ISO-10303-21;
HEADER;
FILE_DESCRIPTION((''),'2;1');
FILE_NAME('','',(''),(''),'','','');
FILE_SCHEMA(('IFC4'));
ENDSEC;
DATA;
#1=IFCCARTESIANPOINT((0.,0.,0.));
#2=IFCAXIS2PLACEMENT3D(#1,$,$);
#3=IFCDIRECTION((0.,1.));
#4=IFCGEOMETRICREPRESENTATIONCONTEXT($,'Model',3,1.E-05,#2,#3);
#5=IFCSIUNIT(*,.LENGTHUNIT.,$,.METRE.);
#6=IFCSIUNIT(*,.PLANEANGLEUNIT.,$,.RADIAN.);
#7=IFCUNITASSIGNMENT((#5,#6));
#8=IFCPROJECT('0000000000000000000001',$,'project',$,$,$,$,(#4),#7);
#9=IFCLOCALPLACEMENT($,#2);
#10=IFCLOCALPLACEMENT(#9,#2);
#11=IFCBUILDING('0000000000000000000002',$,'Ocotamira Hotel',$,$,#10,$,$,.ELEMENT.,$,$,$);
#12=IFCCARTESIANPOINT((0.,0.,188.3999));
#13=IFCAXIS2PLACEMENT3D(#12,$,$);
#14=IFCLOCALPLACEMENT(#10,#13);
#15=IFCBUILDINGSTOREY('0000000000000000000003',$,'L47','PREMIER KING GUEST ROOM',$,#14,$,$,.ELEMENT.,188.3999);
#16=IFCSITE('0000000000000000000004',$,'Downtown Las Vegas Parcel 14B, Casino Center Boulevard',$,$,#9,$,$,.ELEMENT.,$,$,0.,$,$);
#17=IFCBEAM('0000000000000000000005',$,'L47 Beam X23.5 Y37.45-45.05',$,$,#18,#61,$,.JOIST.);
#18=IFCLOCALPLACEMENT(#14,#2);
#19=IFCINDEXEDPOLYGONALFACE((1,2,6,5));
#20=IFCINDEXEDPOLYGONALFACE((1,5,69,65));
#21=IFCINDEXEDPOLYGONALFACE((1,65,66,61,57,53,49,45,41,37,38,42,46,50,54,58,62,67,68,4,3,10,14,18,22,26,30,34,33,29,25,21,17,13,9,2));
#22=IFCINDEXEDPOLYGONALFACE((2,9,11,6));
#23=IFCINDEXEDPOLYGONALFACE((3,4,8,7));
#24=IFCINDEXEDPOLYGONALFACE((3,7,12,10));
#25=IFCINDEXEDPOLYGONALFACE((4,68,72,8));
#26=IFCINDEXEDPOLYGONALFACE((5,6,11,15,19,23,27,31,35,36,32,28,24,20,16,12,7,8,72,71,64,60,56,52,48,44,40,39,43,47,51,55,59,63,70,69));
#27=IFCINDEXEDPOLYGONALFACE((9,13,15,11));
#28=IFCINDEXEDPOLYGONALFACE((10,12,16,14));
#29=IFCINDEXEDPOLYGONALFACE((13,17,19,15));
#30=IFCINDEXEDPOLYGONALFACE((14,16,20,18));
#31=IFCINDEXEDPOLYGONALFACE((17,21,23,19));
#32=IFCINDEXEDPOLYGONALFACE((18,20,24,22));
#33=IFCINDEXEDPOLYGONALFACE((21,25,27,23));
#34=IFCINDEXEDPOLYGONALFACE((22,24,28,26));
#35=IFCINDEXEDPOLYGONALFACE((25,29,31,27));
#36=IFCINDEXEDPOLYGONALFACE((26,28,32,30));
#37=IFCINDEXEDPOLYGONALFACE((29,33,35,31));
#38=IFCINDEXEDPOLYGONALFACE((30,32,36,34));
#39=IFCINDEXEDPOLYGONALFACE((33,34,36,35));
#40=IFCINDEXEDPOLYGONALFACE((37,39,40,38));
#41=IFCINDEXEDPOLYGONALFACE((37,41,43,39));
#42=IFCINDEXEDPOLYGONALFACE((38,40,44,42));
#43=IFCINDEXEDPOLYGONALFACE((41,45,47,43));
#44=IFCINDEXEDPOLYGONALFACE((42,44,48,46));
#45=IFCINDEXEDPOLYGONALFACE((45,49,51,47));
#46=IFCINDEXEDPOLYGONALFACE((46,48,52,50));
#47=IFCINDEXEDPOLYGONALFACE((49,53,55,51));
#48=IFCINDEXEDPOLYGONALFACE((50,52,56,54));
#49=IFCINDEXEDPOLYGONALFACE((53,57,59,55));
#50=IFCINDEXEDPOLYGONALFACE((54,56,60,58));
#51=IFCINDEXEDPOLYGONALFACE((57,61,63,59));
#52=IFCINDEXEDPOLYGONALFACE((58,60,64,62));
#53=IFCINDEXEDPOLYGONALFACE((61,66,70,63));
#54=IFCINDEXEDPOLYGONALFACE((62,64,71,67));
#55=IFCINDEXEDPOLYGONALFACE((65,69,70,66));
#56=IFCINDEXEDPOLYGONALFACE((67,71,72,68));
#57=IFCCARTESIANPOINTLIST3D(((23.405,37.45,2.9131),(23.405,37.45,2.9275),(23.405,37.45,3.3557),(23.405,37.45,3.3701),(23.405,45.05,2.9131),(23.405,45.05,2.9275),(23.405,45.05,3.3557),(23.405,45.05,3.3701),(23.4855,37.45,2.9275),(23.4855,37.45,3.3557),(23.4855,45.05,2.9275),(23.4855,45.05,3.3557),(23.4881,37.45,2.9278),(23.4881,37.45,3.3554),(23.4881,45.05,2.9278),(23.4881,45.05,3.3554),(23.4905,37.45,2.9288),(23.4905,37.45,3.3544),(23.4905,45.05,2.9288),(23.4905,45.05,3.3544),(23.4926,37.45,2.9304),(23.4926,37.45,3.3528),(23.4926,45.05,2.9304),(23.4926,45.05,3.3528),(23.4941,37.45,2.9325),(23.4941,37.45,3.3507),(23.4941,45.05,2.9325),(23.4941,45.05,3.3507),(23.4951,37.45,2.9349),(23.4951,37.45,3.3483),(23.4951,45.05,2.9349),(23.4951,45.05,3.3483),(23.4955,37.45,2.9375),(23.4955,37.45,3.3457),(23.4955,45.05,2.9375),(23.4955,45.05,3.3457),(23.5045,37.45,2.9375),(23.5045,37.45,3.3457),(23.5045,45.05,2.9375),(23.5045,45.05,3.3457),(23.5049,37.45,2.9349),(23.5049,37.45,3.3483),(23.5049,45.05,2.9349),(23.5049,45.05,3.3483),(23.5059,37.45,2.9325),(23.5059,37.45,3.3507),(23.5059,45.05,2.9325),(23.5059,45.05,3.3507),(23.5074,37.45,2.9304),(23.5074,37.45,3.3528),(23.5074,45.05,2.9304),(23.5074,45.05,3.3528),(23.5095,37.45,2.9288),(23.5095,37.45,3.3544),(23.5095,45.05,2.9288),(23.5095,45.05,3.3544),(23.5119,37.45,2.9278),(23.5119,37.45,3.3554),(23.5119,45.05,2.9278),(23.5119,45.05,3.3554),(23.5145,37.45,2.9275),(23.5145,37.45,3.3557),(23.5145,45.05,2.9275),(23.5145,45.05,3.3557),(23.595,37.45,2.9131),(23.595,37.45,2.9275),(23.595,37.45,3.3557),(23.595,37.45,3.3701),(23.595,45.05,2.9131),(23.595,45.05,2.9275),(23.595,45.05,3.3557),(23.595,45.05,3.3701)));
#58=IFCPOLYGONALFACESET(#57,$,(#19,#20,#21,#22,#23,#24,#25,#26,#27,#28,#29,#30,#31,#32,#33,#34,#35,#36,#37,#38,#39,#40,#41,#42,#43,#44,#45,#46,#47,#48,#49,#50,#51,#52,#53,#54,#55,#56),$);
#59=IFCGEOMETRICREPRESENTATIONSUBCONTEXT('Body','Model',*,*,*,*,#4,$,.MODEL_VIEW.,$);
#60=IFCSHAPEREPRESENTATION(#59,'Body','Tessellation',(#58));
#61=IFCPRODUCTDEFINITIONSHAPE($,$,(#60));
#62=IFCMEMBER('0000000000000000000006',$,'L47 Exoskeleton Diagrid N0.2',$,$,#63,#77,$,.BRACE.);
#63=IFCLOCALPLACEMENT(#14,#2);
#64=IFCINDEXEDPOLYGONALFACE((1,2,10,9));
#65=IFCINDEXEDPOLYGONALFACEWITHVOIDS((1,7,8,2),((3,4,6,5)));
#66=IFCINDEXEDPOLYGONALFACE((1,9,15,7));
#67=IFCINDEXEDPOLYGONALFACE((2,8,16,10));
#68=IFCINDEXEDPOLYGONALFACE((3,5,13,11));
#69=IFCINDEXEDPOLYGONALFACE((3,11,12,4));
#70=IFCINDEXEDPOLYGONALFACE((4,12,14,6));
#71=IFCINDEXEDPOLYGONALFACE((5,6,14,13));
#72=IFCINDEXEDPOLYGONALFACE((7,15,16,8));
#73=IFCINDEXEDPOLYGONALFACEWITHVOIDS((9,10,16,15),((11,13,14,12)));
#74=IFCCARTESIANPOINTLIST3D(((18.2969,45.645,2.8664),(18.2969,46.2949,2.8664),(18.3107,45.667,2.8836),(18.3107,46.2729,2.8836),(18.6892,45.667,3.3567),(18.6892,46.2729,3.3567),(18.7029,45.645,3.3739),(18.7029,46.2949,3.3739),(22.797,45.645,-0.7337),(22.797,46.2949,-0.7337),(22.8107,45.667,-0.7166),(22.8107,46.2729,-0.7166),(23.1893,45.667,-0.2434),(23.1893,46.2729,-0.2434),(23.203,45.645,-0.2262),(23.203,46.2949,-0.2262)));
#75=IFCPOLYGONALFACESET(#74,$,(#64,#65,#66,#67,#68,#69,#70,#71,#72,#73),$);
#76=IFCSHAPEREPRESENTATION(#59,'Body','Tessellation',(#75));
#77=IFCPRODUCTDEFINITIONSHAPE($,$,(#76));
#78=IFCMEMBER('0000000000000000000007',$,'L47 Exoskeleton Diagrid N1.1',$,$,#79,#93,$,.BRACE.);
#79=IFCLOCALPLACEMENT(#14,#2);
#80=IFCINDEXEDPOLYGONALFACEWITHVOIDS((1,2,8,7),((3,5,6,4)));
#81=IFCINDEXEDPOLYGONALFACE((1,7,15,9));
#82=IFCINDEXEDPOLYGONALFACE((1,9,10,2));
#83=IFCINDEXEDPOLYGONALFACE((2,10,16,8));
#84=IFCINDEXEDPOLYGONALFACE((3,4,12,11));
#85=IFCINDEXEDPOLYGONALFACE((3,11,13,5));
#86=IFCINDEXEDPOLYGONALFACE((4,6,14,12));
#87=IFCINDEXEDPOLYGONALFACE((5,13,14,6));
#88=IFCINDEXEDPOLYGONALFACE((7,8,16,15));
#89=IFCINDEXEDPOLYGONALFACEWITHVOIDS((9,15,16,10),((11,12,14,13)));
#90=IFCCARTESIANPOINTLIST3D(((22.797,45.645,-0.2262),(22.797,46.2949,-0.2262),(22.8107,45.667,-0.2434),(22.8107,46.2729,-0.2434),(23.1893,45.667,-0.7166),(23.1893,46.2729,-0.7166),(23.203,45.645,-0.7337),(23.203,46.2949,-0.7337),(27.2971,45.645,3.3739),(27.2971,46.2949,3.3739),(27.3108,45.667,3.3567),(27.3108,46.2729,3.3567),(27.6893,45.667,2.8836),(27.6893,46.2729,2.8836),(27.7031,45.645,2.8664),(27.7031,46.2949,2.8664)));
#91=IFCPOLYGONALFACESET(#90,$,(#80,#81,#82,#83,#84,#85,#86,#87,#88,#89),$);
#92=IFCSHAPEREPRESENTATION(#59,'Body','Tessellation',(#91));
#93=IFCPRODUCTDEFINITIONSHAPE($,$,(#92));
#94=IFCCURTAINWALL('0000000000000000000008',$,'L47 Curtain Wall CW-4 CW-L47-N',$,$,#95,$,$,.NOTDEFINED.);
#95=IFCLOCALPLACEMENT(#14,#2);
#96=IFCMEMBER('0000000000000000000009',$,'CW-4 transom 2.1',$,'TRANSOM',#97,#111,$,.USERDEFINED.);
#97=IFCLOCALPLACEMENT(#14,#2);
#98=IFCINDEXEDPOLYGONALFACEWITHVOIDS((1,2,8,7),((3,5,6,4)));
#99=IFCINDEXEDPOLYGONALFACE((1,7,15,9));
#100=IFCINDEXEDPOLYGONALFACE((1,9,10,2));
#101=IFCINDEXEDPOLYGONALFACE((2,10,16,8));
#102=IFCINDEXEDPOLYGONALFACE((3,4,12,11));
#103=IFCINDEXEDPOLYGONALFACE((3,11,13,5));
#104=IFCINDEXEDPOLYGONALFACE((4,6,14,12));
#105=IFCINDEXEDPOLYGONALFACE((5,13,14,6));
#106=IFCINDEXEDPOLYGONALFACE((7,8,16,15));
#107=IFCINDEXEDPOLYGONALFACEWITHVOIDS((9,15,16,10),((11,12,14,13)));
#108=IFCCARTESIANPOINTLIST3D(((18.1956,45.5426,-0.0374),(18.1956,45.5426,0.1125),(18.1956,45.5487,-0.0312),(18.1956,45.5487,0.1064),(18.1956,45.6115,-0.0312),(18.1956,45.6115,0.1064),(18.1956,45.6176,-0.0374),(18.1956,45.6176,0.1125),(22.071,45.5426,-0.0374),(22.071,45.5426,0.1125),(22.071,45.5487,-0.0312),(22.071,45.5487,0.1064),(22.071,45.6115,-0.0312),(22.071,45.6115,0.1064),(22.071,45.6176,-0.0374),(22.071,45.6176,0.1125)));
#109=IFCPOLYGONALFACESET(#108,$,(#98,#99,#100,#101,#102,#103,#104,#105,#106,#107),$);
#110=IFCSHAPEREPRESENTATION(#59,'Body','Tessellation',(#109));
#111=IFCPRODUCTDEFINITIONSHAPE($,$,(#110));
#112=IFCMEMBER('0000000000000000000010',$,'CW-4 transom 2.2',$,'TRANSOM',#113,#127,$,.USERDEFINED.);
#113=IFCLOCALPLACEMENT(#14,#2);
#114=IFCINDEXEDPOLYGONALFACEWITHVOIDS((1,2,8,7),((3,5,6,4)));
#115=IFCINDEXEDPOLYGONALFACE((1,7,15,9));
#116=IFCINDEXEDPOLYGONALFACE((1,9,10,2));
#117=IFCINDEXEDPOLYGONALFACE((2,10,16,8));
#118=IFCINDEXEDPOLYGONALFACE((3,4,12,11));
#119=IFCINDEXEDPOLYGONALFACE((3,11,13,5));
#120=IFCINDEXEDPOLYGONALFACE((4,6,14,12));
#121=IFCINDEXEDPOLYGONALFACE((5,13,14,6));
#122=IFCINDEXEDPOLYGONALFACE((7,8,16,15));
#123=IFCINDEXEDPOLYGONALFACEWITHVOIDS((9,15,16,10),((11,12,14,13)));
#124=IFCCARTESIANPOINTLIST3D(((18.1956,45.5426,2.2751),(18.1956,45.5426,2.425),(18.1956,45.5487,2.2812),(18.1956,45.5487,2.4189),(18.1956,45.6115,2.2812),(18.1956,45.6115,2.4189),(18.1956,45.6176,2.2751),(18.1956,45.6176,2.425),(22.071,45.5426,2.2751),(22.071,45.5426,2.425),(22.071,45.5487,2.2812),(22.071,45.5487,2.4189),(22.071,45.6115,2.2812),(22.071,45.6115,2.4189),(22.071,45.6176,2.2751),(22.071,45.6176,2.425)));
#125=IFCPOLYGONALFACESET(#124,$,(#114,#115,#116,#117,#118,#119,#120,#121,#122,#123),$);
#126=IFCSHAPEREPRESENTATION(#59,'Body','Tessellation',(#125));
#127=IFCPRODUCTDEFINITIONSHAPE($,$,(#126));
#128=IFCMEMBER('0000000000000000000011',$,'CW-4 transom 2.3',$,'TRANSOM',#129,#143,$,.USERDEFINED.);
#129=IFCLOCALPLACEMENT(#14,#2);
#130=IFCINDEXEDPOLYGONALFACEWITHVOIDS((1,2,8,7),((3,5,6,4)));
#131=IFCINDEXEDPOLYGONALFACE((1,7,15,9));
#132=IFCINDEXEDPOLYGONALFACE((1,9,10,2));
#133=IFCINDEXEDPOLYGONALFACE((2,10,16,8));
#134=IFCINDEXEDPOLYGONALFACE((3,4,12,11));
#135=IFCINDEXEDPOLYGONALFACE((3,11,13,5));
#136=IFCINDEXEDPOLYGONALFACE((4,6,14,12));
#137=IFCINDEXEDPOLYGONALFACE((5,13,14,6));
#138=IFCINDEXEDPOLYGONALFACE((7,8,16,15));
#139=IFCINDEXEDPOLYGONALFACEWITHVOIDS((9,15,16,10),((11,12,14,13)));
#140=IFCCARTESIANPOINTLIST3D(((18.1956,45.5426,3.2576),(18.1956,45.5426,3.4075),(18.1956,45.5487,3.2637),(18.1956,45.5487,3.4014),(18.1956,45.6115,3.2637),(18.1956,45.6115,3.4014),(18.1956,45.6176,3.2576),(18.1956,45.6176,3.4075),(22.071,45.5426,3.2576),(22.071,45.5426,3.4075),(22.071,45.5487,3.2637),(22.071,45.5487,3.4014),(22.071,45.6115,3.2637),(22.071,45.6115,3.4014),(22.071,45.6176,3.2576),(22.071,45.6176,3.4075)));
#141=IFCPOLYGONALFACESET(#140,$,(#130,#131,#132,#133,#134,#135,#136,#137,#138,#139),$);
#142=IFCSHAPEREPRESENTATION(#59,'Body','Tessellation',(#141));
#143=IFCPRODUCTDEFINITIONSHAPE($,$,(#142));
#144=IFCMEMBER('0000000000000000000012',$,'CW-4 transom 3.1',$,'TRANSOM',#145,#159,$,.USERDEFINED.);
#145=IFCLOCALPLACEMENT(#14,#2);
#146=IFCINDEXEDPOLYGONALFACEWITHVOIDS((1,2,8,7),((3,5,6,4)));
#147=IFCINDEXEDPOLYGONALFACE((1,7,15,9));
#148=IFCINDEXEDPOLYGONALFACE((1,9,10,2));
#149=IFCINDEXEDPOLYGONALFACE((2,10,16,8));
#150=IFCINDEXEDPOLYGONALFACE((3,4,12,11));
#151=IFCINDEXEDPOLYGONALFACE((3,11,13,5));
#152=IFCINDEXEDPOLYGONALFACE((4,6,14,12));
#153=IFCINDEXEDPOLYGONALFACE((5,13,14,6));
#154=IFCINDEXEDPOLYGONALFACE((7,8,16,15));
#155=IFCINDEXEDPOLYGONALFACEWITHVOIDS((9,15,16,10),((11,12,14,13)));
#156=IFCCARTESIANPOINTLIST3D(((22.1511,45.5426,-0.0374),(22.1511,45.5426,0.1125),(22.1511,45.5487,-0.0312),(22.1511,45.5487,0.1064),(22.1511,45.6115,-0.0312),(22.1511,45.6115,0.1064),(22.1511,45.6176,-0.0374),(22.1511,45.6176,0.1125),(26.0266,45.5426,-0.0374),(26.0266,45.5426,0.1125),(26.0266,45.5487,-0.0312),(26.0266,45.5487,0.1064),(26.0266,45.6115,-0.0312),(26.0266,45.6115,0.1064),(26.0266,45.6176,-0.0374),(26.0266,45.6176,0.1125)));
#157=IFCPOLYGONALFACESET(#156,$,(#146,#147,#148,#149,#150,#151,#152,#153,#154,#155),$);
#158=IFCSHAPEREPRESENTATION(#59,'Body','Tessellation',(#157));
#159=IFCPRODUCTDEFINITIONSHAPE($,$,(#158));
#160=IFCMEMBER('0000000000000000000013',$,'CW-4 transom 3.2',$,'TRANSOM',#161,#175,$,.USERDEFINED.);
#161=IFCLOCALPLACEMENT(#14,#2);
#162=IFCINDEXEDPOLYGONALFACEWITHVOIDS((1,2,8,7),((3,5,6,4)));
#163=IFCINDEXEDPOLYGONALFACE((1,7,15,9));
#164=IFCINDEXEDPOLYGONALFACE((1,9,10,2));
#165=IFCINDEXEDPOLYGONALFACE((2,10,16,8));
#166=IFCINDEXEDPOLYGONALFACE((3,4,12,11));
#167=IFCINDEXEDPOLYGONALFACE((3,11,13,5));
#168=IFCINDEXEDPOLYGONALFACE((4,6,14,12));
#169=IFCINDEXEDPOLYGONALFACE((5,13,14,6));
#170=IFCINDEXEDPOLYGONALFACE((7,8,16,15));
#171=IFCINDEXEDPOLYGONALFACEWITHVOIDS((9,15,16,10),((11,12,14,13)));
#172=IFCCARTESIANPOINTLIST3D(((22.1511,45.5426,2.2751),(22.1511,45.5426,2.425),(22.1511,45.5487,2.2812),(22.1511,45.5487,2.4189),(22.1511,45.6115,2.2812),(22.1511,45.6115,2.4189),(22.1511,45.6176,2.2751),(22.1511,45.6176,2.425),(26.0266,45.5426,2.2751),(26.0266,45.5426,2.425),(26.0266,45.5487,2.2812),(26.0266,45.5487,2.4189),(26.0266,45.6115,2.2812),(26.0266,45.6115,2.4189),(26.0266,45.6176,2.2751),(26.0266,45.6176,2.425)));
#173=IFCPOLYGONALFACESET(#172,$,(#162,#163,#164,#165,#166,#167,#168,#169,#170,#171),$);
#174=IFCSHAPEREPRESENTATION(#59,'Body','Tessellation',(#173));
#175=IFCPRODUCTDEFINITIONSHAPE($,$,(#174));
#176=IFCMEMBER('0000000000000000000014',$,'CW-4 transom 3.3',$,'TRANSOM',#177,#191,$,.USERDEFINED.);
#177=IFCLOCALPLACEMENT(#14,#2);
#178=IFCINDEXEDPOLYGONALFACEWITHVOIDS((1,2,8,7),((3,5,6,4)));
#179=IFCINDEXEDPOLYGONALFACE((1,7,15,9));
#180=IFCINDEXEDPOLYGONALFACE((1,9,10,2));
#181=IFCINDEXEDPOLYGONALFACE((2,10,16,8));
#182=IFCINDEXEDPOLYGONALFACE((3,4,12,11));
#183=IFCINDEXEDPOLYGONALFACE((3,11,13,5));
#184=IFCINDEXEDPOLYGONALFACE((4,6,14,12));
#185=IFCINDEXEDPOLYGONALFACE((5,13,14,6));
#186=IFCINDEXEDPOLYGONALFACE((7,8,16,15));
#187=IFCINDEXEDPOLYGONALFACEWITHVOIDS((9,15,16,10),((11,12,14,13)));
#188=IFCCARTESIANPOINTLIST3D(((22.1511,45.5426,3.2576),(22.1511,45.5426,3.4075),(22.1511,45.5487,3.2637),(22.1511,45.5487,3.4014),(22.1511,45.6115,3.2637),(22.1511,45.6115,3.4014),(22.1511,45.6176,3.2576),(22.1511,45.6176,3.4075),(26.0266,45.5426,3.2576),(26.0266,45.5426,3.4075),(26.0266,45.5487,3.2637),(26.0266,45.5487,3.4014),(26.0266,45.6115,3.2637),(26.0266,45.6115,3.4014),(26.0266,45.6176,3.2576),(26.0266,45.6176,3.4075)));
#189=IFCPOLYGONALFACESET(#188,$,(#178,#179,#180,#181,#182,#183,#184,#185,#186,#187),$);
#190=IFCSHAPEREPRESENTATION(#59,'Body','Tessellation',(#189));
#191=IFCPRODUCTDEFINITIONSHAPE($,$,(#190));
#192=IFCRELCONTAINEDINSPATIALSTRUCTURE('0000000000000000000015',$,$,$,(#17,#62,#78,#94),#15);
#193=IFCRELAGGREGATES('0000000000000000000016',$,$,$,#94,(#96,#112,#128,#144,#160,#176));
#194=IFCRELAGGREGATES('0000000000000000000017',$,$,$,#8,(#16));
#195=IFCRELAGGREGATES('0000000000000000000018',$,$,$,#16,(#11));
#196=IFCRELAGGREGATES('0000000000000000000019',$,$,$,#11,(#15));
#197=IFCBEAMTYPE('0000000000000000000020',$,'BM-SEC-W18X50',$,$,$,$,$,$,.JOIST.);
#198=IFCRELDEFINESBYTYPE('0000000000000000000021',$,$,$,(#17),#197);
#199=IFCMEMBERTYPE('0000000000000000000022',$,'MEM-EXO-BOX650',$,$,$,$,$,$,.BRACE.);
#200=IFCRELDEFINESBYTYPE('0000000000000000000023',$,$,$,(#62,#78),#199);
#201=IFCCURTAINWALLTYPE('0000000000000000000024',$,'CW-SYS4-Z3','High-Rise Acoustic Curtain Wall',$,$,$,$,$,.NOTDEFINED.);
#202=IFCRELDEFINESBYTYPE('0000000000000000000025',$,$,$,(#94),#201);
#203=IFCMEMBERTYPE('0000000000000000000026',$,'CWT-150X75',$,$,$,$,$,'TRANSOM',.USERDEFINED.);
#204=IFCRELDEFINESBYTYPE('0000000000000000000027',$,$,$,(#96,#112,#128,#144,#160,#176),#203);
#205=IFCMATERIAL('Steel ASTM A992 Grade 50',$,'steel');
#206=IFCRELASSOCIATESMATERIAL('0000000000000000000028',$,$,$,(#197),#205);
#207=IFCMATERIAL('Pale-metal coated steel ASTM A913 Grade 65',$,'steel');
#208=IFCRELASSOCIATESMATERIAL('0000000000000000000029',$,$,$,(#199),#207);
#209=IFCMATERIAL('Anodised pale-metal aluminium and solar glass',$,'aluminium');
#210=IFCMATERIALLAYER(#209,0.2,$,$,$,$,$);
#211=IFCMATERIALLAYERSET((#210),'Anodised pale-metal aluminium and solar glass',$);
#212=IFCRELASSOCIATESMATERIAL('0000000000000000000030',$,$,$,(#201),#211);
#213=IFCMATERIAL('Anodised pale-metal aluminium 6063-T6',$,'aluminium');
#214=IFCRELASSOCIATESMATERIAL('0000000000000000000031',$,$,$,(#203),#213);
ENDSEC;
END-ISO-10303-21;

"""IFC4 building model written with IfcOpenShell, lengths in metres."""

from ifc_helpers import new_model, si_unit, direction, frame, origin, origin_2d, place, context, subcontext, project, spatial, hollow_rectangle, i_section, extrude, source, transform, mapped, material, layer, layer_set, material_profile, profile_set, type_object, element, aggregate, save


model = new_model("IFC4")

# Units and contexts
model_context = context("Model", 3, precision=1e-05, world=origin(), true_north=direction((0.0, 1.0)))
body_context = subcontext(model_context, "Body", "Model", "MODEL_VIEW")
ifc_project = project(units=[si_unit("LENGTHUNIT", "METRE"), si_unit("PLANEANGLEUNIT", "RADIAN")], contexts=[model_context])

# Site, building, storey
site_placement = place(None, origin())
site = spatial("IfcSite", under=ifc_project, at=site_placement, Name="Downtown Las Vegas Parcel 14B, Casino Center Boulevard", CompositionType="ELEMENT", RefElevation=0.0)
building_placement = place(site_placement, origin())
building = spatial("IfcBuilding", under=site, at=building_placement, Name="Ocotamira Hotel", CompositionType="ELEMENT")
storey_placement = place(building_placement, frame((0.0, 0.0, 188.3999)))
storey = spatial("IfcBuildingStorey", under=building, at=storey_placement, Name="L47", Description="PREMIER KING GUEST ROOM", CompositionType="ELEMENT", Elevation=188.3999)

# Beam
ifc_material_1 = material(Name="Steel ASTM A992 Grade 50", Category="steel")
ifc_material_profile_1 = material_profile(ifc_material_1, i_section(OverallWidth=0.1899, OverallDepth=0.457, WebThickness=0.009, FlangeThickness=0.0144, FilletRadius=0.01, at=origin_2d()), Name="W18X50")
ifc_profile_set_1 = profile_set([ifc_material_profile_1], Name="Steel ASTM A992 Grade 50")
beam_type_1 = type_object("IfcBeamType", Name="BM-SEC-W18X50", PredefinedType="JOIST", material=ifc_profile_set_1)
shared_shape_1 = source(origin(), body_context, "Body", "SweptSolid", [
    extrude(i_section(OverallWidth=0.1899, OverallDepth=0.457, WebThickness=0.009, FlangeThickness=0.0144, FilletRadius=0.01, at=origin_2d()), origin(), (0.0, 0.0, 1.0), 7.6001),
])
beam_1_placement = place(storey_placement, frame((23.5, 37.45, 3.1416), z_axis=(0.0, 1.0, 0.0), x_axis=(-1.0, 0.0, 0.0)))
element("IfcBeam", 1, at=beam_1_placement, inside=storey, type_object=beam_type_1, Name="L47 Beam X23.5 Y37.45-45.05", PredefinedType="JOIST", context=body_context, shape_type="MappedRepresentation", body=[
    mapped(shared_shape_1, transform((0.0, 0.0, 0.0), scale=1.0)),
])

# Members
ifc_material_2 = material(Name="Pale-metal coated steel ASTM A913 Grade 65", Category="steel")
ifc_material_profile_2 = material_profile(ifc_material_2, hollow_rectangle(XDim=0.6499, YDim=0.6499, WallThickness=0.022, at=origin_2d()), Name="BOX650X650X22")
ifc_profile_set_2 = profile_set([ifc_material_profile_2], Name="Pale-metal coated steel ASTM A913 Grade 65")
member_type_1 = type_object("IfcMemberType", Name="MEM-EXO-BOX650", PredefinedType="BRACE", material=ifc_profile_set_2)
shared_shape_2 = source(origin(), body_context, "Body", "SweptSolid", [
    extrude(hollow_rectangle(XDim=0.6499, YDim=0.6499, WallThickness=0.022, at=origin_2d()), origin(), (0.0, 0.0, 1.0), 5.7629),
])
for number, where, z_axis, x_axis, name in (
    (2, (23.0, 45.97, -0.48), (-0.780861, 0.0, 0.624705), (0.0, -1.0, 0.0), "L47 Exoskeleton Diagrid N0.2"),
    (3, (23.0, 45.97, -0.48), (0.780861, 0.0, 0.624705), (0.0, 1.0, 0.0), "L47 Exoskeleton Diagrid N1.1"),
):
    element("IfcMember", number, at=place(storey_placement, frame(where, z_axis=z_axis, x_axis=x_axis)), inside=storey, type_object=member_type_1, Name=name, PredefinedType="BRACE", context=body_context, shape_type="MappedRepresentation", body=[
        mapped(shared_shape_2, transform((0.0, 0.0, 0.0), scale=1.0)),
    ])

# Curtain wall, members
ifc_material_3 = material(Name="Anodised pale-metal aluminium and solar glass", Category="aluminium")
ifc_layer_1 = layer(ifc_material_3, 0.2)
ifc_layer_set_1 = layer_set([ifc_layer_1], Name="Anodised pale-metal aluminium and solar glass")
curtain_wall_type = type_object("IfcCurtainWallType", Name="CW-SYS4-Z3", Description="High-Rise Acoustic Curtain Wall", PredefinedType="NOTDEFINED", material=ifc_layer_set_1)
curtain_wall_placement = place(storey_placement, origin())
curtain_wall = element("IfcCurtainWall", 4, at=curtain_wall_placement, inside=storey, type_object=curtain_wall_type, Name="L47 Curtain Wall CW-4 CW-L47-N", PredefinedType="NOTDEFINED")
ifc_material_4 = material(Name="Anodised pale-metal aluminium 6063-T6", Category="aluminium")
ifc_material_profile_3 = material_profile(ifc_material_4, hollow_rectangle(XDim=0.075, YDim=0.1499, WallThickness=0.0061, at=origin_2d()), Name="HSS150X75X6")
ifc_profile_set_3 = profile_set([ifc_material_profile_3], Name="Anodised pale-metal aluminium 6063-T6")
member_type_2 = type_object("IfcMemberType", Name="CWT-150X75", ElementType="TRANSOM", PredefinedType="USERDEFINED", material=ifc_profile_set_3)
shared_shape_3 = source(origin(), body_context, "Body", "SweptSolid", [
    extrude(hollow_rectangle(XDim=0.075, YDim=0.1499, WallThickness=0.0061, at=origin_2d()), origin(), (0.0, 0.0, 1.0), 3.8755),
])
member_1_placement = place(storey_placement, frame((18.1956, 45.5801, 0.0376), z_axis=(1.0, 0.0, 0.0), x_axis=(0.0, 1.0, 0.0)))
member_1 = element("IfcMember", 5, at=member_1_placement, type_object=member_type_2, Name="CW-4 transom 2.1", ObjectType="TRANSOM", PredefinedType="USERDEFINED", context=body_context, shape_type="MappedRepresentation", body=[
    mapped(shared_shape_3, transform((0.0, 0.0, 0.0), scale=1.0)),
])
member_2_placement = place(storey_placement, frame((18.1956, 45.5801, 2.3501), z_axis=(1.0, 0.0, 0.0), x_axis=(0.0, 1.0, 0.0)))
member_2 = element("IfcMember", 6, at=member_2_placement, type_object=member_type_2, Name="CW-4 transom 2.2", ObjectType="TRANSOM", PredefinedType="USERDEFINED", context=body_context, shape_type="MappedRepresentation", body=[
    mapped(shared_shape_3, transform((0.0, 0.0, 0.0), scale=1.0)),
])
member_3_placement = place(storey_placement, frame((18.1956, 45.5801, 3.3325), z_axis=(1.0, 0.0, 0.0), x_axis=(0.0, 1.0, 0.0)))
member_3 = element("IfcMember", 7, at=member_3_placement, type_object=member_type_2, Name="CW-4 transom 2.3", ObjectType="TRANSOM", PredefinedType="USERDEFINED", context=body_context, shape_type="MappedRepresentation", body=[
    mapped(shared_shape_3, transform((0.0, 0.0, 0.0), scale=1.0)),
])
member_4_placement = place(storey_placement, frame((22.1511, 45.5801, 0.0376), z_axis=(1.0, 0.0, 0.0), x_axis=(0.0, 1.0, 0.0)))
member_4 = element("IfcMember", 8, at=member_4_placement, type_object=member_type_2, Name="CW-4 transom 3.1", ObjectType="TRANSOM", PredefinedType="USERDEFINED", context=body_context, shape_type="MappedRepresentation", body=[
    mapped(shared_shape_3, transform((0.0, 0.0, 0.0), scale=1.0)),
])
member_5_placement = place(storey_placement, frame((22.1511, 45.5801, 2.3501), z_axis=(1.0, 0.0, 0.0), x_axis=(0.0, 1.0, 0.0)))
member_5 = element("IfcMember", 9, at=member_5_placement, type_object=member_type_2, Name="CW-4 transom 3.2", ObjectType="TRANSOM", PredefinedType="USERDEFINED", context=body_context, shape_type="MappedRepresentation", body=[
    mapped(shared_shape_3, transform((0.0, 0.0, 0.0), scale=1.0)),
])
member_6_placement = place(storey_placement, frame((22.1511, 45.5801, 3.3325), z_axis=(1.0, 0.0, 0.0), x_axis=(0.0, 1.0, 0.0)))
member_6 = element("IfcMember", 10, at=member_6_placement, type_object=member_type_2, Name="CW-4 transom 3.3", ObjectType="TRANSOM", PredefinedType="USERDEFINED", context=body_context, shape_type="MappedRepresentation", body=[
    mapped(shared_shape_3, transform((0.0, 0.0, 0.0), scale=1.0)),
])

aggregate(curtain_wall, [member_1, member_2, member_3, member_4, member_5, member_6])

save(model, "model.ifc")
